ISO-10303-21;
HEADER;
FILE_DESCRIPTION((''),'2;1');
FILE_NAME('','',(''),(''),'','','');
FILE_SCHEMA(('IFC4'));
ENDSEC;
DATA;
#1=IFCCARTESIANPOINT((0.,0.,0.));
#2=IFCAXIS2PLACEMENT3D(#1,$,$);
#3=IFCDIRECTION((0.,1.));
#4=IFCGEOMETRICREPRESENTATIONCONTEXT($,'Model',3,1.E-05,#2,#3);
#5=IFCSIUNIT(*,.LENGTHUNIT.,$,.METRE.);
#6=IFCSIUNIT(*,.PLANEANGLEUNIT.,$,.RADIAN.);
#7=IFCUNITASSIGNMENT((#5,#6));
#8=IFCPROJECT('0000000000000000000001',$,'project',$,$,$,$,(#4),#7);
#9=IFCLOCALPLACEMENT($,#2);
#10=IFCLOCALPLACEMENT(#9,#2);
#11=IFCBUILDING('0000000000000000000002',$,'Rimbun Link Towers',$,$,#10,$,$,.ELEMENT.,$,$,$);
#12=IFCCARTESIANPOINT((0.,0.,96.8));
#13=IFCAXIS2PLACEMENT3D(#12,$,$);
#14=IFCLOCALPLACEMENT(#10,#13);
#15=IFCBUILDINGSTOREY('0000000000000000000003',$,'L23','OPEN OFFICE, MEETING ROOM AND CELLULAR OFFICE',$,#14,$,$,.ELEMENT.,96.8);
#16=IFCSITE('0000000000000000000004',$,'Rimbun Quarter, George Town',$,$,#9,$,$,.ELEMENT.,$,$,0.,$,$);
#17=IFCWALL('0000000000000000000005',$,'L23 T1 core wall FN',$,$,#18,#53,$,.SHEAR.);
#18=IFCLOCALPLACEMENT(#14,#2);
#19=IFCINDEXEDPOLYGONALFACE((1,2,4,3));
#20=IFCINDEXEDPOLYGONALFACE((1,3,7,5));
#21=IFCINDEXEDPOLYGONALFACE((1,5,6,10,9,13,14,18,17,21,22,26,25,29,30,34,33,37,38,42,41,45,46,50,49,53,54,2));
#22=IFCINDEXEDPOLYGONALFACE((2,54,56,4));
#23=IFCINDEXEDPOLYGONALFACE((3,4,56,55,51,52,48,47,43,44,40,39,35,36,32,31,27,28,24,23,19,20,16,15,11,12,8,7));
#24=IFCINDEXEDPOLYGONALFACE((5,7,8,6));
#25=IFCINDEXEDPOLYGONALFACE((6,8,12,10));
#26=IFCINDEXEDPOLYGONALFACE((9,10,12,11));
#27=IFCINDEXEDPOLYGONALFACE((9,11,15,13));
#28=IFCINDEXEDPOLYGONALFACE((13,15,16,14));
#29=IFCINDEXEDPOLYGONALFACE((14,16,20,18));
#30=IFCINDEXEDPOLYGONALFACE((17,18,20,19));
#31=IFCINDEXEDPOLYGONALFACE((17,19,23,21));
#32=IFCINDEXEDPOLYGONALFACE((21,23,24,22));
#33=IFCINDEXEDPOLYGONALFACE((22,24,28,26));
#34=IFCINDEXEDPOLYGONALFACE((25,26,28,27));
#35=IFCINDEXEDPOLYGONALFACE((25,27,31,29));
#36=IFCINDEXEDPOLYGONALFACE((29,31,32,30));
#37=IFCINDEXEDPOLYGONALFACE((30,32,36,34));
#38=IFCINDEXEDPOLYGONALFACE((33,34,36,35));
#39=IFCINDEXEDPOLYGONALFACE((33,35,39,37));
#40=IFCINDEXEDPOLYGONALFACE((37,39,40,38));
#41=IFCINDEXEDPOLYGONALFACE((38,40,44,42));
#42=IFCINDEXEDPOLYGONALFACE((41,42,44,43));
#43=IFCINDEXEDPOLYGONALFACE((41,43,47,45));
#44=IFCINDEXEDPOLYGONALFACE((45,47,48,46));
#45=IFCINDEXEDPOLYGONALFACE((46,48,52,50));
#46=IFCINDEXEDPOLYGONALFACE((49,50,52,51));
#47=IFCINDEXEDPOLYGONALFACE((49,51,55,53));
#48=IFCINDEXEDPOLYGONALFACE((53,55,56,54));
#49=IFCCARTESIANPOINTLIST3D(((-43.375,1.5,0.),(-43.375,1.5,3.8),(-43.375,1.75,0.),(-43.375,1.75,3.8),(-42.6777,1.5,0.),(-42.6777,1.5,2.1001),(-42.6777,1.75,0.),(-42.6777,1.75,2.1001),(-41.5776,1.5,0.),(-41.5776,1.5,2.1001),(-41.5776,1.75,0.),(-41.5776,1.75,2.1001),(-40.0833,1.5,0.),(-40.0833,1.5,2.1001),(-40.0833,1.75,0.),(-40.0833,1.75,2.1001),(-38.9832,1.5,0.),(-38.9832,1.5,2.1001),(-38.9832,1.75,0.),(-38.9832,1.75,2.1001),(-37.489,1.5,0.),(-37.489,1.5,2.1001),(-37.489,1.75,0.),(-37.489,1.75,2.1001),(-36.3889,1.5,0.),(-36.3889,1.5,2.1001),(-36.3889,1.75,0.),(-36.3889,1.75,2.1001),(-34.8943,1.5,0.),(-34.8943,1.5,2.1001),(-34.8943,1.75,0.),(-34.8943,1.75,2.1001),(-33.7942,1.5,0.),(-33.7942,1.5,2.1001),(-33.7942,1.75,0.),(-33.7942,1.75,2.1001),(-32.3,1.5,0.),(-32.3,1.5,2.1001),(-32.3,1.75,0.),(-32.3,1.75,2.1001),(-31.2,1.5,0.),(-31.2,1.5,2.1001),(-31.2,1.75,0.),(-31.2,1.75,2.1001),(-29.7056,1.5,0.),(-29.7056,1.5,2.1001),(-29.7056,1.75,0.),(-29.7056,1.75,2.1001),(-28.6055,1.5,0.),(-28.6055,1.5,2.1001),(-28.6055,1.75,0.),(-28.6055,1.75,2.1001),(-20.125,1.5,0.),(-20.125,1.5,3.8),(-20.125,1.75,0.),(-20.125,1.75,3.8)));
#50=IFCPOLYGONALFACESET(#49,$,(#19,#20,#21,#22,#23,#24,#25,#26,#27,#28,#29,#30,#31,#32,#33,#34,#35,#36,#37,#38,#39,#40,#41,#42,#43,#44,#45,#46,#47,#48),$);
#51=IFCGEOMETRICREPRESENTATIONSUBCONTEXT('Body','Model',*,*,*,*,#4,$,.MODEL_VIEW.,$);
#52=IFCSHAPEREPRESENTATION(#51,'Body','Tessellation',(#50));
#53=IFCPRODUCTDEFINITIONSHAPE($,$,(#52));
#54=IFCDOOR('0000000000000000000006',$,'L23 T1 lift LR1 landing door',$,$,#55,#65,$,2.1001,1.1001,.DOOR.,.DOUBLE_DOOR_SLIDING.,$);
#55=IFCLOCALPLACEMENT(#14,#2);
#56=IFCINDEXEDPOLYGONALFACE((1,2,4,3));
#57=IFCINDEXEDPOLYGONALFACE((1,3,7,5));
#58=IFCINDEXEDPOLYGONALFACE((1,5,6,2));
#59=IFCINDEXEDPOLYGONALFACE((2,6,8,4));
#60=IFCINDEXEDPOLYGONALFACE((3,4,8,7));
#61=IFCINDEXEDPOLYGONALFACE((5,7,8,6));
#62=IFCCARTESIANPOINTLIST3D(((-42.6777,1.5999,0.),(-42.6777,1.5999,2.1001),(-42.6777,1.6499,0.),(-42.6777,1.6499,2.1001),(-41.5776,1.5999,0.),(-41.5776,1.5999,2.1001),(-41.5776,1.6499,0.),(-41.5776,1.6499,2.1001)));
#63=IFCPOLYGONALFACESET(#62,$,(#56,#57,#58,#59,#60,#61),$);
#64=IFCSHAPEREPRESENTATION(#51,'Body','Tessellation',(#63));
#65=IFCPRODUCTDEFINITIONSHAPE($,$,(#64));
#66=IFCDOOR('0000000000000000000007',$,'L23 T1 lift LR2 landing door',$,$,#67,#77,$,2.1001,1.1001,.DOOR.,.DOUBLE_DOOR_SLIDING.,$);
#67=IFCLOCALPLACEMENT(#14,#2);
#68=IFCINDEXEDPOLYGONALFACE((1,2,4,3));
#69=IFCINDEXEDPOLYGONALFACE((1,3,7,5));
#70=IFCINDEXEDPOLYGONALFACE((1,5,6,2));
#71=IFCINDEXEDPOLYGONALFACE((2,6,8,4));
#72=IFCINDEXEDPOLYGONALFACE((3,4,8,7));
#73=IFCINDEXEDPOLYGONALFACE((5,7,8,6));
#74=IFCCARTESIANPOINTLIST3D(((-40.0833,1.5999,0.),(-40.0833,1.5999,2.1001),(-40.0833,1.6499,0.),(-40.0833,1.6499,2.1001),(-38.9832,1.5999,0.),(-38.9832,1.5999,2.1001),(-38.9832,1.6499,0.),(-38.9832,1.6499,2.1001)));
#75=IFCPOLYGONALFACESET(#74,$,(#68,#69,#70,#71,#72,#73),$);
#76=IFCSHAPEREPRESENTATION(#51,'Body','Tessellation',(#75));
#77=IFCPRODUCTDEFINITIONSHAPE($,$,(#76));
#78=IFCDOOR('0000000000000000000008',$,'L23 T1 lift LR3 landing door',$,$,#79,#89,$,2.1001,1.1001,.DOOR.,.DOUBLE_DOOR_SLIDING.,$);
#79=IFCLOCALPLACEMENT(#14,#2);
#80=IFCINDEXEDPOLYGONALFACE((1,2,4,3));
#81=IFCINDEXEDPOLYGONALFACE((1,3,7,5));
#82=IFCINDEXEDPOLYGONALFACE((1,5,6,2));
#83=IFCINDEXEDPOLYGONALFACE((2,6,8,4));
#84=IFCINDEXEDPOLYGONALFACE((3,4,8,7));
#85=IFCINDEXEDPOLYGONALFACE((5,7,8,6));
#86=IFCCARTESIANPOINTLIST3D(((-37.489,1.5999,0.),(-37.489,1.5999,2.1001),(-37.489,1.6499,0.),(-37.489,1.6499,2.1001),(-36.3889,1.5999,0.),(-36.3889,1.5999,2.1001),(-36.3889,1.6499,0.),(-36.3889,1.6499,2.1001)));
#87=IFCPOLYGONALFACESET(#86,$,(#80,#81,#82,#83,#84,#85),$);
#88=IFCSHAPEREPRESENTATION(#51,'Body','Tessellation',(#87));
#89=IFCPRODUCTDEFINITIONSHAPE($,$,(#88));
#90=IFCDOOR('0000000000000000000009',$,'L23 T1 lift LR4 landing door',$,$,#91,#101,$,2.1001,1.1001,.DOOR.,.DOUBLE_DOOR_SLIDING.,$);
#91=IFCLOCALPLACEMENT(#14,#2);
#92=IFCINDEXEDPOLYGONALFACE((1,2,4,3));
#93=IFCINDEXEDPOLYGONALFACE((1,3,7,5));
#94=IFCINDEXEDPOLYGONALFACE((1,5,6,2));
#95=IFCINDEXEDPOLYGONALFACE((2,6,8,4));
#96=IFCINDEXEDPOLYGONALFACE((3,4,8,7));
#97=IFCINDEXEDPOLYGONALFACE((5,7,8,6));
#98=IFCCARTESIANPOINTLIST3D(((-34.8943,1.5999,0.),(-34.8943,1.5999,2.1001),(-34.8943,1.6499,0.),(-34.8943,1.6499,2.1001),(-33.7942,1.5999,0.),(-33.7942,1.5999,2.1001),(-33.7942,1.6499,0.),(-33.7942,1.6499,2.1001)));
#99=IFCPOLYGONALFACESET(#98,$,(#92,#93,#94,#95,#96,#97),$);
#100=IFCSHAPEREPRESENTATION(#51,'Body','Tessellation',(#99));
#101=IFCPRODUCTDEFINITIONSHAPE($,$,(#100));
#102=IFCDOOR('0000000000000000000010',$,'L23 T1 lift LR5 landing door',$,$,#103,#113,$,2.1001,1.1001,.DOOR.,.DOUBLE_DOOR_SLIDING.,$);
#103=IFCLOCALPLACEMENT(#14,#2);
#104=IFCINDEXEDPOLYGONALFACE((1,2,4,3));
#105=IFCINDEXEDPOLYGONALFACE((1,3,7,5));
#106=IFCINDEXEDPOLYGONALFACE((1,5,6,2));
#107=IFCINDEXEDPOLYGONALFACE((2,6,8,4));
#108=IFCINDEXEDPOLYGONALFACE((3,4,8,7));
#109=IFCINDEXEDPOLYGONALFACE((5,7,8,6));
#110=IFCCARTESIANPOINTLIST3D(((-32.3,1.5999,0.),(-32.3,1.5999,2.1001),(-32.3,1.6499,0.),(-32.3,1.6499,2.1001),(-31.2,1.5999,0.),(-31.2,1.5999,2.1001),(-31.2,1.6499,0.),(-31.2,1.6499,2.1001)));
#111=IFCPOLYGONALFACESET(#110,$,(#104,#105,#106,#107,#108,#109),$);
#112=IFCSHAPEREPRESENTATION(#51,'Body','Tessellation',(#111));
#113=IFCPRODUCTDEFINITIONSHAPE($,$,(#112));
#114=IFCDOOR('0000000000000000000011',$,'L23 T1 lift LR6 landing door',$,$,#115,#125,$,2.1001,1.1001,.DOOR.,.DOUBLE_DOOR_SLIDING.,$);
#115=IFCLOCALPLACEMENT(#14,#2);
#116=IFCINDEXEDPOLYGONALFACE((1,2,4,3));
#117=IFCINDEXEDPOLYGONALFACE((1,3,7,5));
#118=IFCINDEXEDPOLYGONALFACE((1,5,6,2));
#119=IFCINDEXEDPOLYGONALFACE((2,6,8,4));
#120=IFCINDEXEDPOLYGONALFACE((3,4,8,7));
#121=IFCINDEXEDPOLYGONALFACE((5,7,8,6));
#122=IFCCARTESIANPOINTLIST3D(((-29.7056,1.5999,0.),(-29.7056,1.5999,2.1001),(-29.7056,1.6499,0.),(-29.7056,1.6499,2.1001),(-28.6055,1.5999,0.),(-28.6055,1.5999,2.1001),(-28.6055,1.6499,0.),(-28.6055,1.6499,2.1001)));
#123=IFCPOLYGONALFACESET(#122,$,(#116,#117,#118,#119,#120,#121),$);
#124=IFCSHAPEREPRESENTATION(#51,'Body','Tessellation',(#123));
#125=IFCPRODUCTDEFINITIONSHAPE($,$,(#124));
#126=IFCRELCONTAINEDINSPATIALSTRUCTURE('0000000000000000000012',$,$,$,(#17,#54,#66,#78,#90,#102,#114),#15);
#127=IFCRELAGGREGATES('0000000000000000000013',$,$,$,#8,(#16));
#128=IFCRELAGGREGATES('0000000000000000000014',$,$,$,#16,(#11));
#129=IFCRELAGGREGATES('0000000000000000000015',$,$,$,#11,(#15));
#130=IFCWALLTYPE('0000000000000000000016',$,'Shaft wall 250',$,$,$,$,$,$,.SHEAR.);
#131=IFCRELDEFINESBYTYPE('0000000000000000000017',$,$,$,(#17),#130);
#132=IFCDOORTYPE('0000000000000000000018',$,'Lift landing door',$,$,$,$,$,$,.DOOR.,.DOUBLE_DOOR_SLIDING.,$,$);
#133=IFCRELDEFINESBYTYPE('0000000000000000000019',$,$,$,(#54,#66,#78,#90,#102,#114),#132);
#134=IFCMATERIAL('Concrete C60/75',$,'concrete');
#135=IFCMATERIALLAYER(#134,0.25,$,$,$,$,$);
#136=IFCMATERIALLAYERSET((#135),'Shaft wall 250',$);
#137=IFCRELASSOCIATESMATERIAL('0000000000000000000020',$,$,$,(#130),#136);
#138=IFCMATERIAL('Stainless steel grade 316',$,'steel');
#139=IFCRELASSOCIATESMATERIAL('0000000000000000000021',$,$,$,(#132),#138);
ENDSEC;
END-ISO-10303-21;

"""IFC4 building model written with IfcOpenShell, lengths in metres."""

from ifc_helpers import new_model, si_unit, direction, frame, frame_2d, origin, place, context, subcontext, project, spatial, rectangle, extrude, material, layer, layer_set, type_object, element, fill, save


model = new_model("IFC4")

# Units and contexts
model_context = context("Model", 3, precision=1e-05, world=origin(), true_north=direction((0.0, 1.0)))
body_context = subcontext(model_context, "Body", "Model", "MODEL_VIEW")
ifc_project = project(units=[si_unit("LENGTHUNIT", "METRE"), si_unit("PLANEANGLEUNIT", "RADIAN")], contexts=[model_context])

# Site, building, storey
site_placement = place(None, origin())
site = spatial("IfcSite", under=ifc_project, at=site_placement, Name="Rimbun Quarter, George Town", CompositionType="ELEMENT", RefElevation=0.0)
building_placement = place(site_placement, origin())
building = spatial("IfcBuilding", under=site, at=building_placement, Name="Rimbun Link Towers", CompositionType="ELEMENT")
storey_placement = place(building_placement, frame((0.0, 0.0, 96.8)))
storey = spatial("IfcBuildingStorey", under=building, at=storey_placement, Name="L23", Description="OPEN OFFICE, MEETING ROOM AND CELLULAR OFFICE", CompositionType="ELEMENT", Elevation=96.8)

# Shared definitions
ifc_material_1 = material(Name="Concrete C60/75", Category="concrete")
ifc_layer_1 = layer(ifc_material_1, 0.25)
ifc_layer_set_1 = layer_set([ifc_layer_1], Name="Shaft wall 250")
wall_type_1 = type_object("IfcWallType", Name="Shaft wall 250", PredefinedType="SHEAR", material=ifc_layer_set_1)

# Wall, openings, doors
wall_1_placement = place(storey_placement, frame((-43.375, 1.625, 0.0), z_axis=(0.0, 0.0, 1.0), x_axis=(1.0, 0.0, 0.0)))
wall_1 = element("IfcWall", 1, at=wall_1_placement, inside=storey, type_object=wall_type_1, Name="L23 T1 core wall FN", PredefinedType="SHEAR", context=body_context, shape_type="SweptSolid", body=[
    extrude(rectangle(XDim=23.25, YDim=0.25, at=frame_2d((11.625, 0.0))), origin(), (0.0, 0.0, 1.0), 3.8),
])
opening_1_placement = place(wall_1_placement, frame((0.6973, 0.0, 0.0)))
opening_1 = element("IfcOpeningElement", 2, at=opening_1_placement, cuts=wall_1, PredefinedType="OPENING", context=body_context, shape_type="SweptSolid", body=[
    extrude(rectangle(XDim=1.1001, YDim=2.1001, at=frame_2d((0.55, 1.05))), frame((0.0, 0.135, 0.0), z_axis=(0.0, -1.0, 0.0), x_axis=(1.0, 0.0, 0.0)), (0.0, 0.0, 1.0), 0.27),
])
opening_2_placement = place(wall_1_placement, frame((3.2917, 0.0, 0.0)))
opening_2 = element("IfcOpeningElement", 3, at=opening_2_placement, cuts=wall_1, PredefinedType="OPENING", context=body_context, shape_type="SweptSolid", body=[
    extrude(rectangle(XDim=1.1001, YDim=2.1001, at=frame_2d((0.55, 1.05))), frame((0.0, 0.135, 0.0), z_axis=(0.0, -1.0, 0.0), x_axis=(1.0, 0.0, 0.0)), (0.0, 0.0, 1.0), 0.27),
])
opening_3_placement = place(wall_1_placement, frame((5.886, 0.0, 0.0)))
opening_3 = element("IfcOpeningElement", 4, at=opening_3_placement, cuts=wall_1, PredefinedType="OPENING", context=body_context, shape_type="SweptSolid", body=[
    extrude(rectangle(XDim=1.1001, YDim=2.1001, at=frame_2d((0.55, 1.05))), frame((0.0, 0.135, 0.0), z_axis=(0.0, -1.0, 0.0), x_axis=(1.0, 0.0, 0.0)), (0.0, 0.0, 1.0), 0.27),
])
opening_4_placement = place(wall_1_placement, frame((8.4807, 0.0, 0.0)))
opening_4 = element("IfcOpeningElement", 5, at=opening_4_placement, cuts=wall_1, PredefinedType="OPENING", context=body_context, shape_type="SweptSolid", body=[
    extrude(rectangle(XDim=1.1001, YDim=2.1001, at=frame_2d((0.55, 1.05))), frame((0.0, 0.135, 0.0), z_axis=(0.0, -1.0, 0.0), x_axis=(1.0, 0.0, 0.0)), (0.0, 0.0, 1.0), 0.27),
])
opening_5_placement = place(wall_1_placement, frame((11.075, 0.0, 0.0)))
opening_5 = element("IfcOpeningElement", 6, at=opening_5_placement, cuts=wall_1, PredefinedType="OPENING", context=body_context, shape_type="SweptSolid", body=[
    extrude(rectangle(XDim=1.1001, YDim=2.1001, at=frame_2d((0.55, 1.05))), frame((0.0, 0.135, 0.0), z_axis=(0.0, -1.0, 0.0), x_axis=(1.0, 0.0, 0.0)), (0.0, 0.0, 1.0), 0.27),
])
opening_6_placement = place(wall_1_placement, frame((13.6694, 0.0, 0.0)))
opening_6 = element("IfcOpeningElement", 7, at=opening_6_placement, cuts=wall_1, PredefinedType="OPENING", context=body_context, shape_type="SweptSolid", body=[
    extrude(rectangle(XDim=1.1001, YDim=2.1001, at=frame_2d((0.55, 1.05))), frame((0.0, 0.135, 0.0), z_axis=(0.0, -1.0, 0.0), x_axis=(1.0, 0.0, 0.0)), (0.0, 0.0, 1.0), 0.27),
])
ifc_material_2 = material(Name="Stainless steel grade 316", Category="steel")
door_type_1 = type_object("IfcDoorType", Name="Lift landing door", OperationType="DOUBLE_DOOR_SLIDING", PredefinedType="DOOR", material=ifc_material_2)
door_1_placement = place(opening_1_placement, origin())
door_1 = element("IfcDoor", 8, at=door_1_placement, inside=storey, type_object=door_type_1, Name="L23 T1 lift LR1 landing door", OperationType="DOUBLE_DOOR_SLIDING", OverallHeight=2.1001, OverallWidth=1.1001, PredefinedType="DOOR", context=body_context, shape_type="SweptSolid", body=[
    extrude(rectangle(XDim=1.1001, YDim=2.1001, at=frame_2d((0.55, 1.05))), frame((0.0, 0.0249, 0.0), z_axis=(0.0, -1.0, 0.0), x_axis=(1.0, 0.0, 0.0)), (0.0, 0.0, 1.0), 0.05),
])
fill(opening_1, door_1)
door_2_placement = place(opening_2_placement, origin())
door_2 = element("IfcDoor", 9, at=door_2_placement, inside=storey, type_object=door_type_1, Name="L23 T1 lift LR2 landing door", OperationType="DOUBLE_DOOR_SLIDING", OverallHeight=2.1001, OverallWidth=1.1001, PredefinedType="DOOR", context=body_context, shape_type="SweptSolid", body=[
    extrude(rectangle(XDim=1.1001, YDim=2.1001, at=frame_2d((0.55, 1.05))), frame((0.0, 0.0249, 0.0), z_axis=(0.0, -1.0, 0.0), x_axis=(1.0, 0.0, 0.0)), (0.0, 0.0, 1.0), 0.05),
])
fill(opening_2, door_2)
door_3_placement = place(opening_3_placement, origin())
door_3 = element("IfcDoor", 10, at=door_3_placement, inside=storey, type_object=door_type_1, Name="L23 T1 lift LR3 landing door", OperationType="DOUBLE_DOOR_SLIDING", OverallHeight=2.1001, OverallWidth=1.1001, PredefinedType="DOOR", context=body_context, shape_type="SweptSolid", body=[
    extrude(rectangle(XDim=1.1001, YDim=2.1001, at=frame_2d((0.55, 1.05))), frame((0.0, 0.0249, 0.0), z_axis=(0.0, -1.0, 0.0), x_axis=(1.0, 0.0, 0.0)), (0.0, 0.0, 1.0), 0.05),
])
fill(opening_3, door_3)
door_4_placement = place(opening_4_placement, origin())
door_4 = element("IfcDoor", 11, at=door_4_placement, inside=storey, type_object=door_type_1, Name="L23 T1 lift LR4 landing door", OperationType="DOUBLE_DOOR_SLIDING", OverallHeight=2.1001, OverallWidth=1.1001, PredefinedType="DOOR", context=body_context, shape_type="SweptSolid", body=[
    extrude(rectangle(XDim=1.1001, YDim=2.1001, at=frame_2d((0.55, 1.05))), frame((0.0, 0.0249, 0.0), z_axis=(0.0, -1.0, 0.0), x_axis=(1.0, 0.0, 0.0)), (0.0, 0.0, 1.0), 0.05),
])
fill(opening_4, door_4)
door_5_placement = place(opening_5_placement, origin())
door_5 = element("IfcDoor", 12, at=door_5_placement, inside=storey, type_object=door_type_1, Name="L23 T1 lift LR5 landing door", OperationType="DOUBLE_DOOR_SLIDING", OverallHeight=2.1001, OverallWidth=1.1001, PredefinedType="DOOR", context=body_context, shape_type="SweptSolid", body=[
    extrude(rectangle(XDim=1.1001, YDim=2.1001, at=frame_2d((0.55, 1.05))), frame((0.0, 0.0249, 0.0), z_axis=(0.0, -1.0, 0.0), x_axis=(1.0, 0.0, 0.0)), (0.0, 0.0, 1.0), 0.05),
])
fill(opening_5, door_5)
door_6_placement = place(opening_6_placement, origin())
door_6 = element("IfcDoor", 13, at=door_6_placement, inside=storey, type_object=door_type_1, Name="L23 T1 lift LR6 landing door", OperationType="DOUBLE_DOOR_SLIDING", OverallHeight=2.1001, OverallWidth=1.1001, PredefinedType="DOOR", context=body_context, shape_type="SweptSolid", body=[
    extrude(rectangle(XDim=1.1001, YDim=2.1001, at=frame_2d((0.55, 1.05))), frame((0.0, 0.0249, 0.0), z_axis=(0.0, -1.0, 0.0), x_axis=(1.0, 0.0, 0.0)), (0.0, 0.0, 1.0), 0.05),
])
fill(opening_6, door_6)

save(model, "model.ifc")
